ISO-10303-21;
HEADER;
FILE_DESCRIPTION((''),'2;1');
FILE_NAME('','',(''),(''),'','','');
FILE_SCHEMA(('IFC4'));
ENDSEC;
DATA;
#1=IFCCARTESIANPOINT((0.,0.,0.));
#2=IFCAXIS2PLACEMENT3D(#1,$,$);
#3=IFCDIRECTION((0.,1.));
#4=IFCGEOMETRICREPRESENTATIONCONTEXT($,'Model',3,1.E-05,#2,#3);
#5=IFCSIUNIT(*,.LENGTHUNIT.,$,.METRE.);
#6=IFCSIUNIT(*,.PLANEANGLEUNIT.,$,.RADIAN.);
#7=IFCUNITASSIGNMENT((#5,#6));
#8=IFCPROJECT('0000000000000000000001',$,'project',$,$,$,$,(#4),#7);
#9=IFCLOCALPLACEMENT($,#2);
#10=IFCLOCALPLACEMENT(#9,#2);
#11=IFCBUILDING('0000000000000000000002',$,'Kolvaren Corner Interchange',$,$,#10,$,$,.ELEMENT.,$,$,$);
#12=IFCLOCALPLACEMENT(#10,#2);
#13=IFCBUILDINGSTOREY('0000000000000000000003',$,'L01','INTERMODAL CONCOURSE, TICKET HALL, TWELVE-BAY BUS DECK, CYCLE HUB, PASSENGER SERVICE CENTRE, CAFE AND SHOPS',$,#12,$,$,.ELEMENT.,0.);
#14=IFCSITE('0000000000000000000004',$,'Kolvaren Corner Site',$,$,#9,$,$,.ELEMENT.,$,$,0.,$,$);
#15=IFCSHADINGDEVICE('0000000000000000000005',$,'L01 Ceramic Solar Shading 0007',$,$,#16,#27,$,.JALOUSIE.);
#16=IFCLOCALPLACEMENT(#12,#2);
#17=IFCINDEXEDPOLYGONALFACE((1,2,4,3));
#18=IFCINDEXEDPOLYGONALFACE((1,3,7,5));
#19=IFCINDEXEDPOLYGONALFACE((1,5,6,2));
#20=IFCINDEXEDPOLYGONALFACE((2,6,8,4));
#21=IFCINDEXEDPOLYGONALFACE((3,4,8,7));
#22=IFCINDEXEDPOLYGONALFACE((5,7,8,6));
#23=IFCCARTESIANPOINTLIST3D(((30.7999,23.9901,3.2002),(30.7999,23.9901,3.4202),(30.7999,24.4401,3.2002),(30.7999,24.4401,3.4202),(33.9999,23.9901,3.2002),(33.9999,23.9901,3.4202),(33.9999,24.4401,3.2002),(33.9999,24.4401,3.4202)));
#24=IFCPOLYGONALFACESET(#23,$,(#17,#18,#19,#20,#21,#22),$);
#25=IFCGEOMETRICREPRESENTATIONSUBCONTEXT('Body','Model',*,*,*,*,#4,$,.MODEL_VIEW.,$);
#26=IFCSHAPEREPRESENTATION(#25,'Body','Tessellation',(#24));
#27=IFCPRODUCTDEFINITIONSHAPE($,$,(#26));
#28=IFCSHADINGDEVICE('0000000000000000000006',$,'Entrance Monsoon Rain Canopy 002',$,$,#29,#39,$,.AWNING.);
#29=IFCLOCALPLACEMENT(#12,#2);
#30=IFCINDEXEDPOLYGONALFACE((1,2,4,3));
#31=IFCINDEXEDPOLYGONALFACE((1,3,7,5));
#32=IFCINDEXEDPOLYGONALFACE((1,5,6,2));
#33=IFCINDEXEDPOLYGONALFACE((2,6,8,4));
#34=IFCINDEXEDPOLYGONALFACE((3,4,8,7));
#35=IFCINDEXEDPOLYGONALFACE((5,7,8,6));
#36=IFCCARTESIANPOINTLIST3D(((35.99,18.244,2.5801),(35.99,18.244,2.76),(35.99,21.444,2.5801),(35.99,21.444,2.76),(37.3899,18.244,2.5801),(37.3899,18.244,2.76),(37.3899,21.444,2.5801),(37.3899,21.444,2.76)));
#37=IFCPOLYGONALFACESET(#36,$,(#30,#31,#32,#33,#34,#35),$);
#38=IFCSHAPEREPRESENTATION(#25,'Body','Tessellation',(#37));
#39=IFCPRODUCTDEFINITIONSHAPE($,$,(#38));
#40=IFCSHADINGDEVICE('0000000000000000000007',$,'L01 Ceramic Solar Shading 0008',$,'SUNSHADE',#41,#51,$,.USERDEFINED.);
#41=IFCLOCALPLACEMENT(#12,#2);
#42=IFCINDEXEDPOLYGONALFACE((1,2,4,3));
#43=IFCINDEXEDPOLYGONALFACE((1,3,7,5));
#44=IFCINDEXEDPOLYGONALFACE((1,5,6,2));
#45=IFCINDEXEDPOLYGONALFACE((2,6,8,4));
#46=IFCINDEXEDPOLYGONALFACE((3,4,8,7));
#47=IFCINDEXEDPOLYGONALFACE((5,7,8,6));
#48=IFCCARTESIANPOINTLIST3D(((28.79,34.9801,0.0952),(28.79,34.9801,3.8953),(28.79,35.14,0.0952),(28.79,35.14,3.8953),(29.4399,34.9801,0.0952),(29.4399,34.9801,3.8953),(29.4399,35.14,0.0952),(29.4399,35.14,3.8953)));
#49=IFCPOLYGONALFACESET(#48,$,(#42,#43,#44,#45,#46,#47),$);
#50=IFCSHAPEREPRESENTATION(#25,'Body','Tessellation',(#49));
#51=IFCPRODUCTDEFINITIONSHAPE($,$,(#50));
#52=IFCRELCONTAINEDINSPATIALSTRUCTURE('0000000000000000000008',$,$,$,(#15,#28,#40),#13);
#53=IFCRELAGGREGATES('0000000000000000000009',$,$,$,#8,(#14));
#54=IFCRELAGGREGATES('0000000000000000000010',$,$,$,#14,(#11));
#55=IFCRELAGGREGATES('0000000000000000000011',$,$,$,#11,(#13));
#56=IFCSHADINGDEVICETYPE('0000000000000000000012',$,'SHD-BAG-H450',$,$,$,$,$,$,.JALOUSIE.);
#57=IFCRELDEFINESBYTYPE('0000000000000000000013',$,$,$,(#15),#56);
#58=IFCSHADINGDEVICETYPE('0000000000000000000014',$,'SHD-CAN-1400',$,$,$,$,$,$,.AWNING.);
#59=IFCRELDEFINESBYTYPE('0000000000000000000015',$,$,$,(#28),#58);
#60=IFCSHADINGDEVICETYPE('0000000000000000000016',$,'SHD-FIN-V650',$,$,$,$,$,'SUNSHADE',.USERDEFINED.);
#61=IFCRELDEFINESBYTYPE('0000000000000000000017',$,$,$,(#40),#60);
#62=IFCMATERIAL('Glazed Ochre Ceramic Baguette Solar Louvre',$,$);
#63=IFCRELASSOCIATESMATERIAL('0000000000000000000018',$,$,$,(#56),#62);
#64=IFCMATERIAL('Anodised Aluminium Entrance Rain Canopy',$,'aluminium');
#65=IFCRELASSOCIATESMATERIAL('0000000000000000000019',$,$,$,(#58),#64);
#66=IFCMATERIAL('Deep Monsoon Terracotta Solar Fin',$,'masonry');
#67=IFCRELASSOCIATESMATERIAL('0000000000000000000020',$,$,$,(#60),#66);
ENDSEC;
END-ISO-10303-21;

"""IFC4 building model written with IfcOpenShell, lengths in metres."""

from ifc_helpers import new_model, si_unit, direction, frame, origin, origin_2d, place, context, subcontext, project, spatial, rectangle, extrude, material, type_object, element, save


model = new_model("IFC4")

# Units and contexts
model_context = context("Model", 3, precision=1e-05, world=origin(), true_north=direction((0.0, 1.0)))
body_context = subcontext(model_context, "Body", "Model", "MODEL_VIEW")
ifc_project = project(units=[si_unit("LENGTHUNIT", "METRE"), si_unit("PLANEANGLEUNIT", "RADIAN")], contexts=[model_context])

# Site, building, storey
site_placement = place(None, origin())
site = spatial("IfcSite", under=ifc_project, at=site_placement, Name="Kolvaren Corner Site", CompositionType="ELEMENT", RefElevation=0.0)
building_placement = place(site_placement, origin())
building = spatial("IfcBuilding", under=site, at=building_placement, Name="Kolvaren Corner Interchange", CompositionType="ELEMENT")
storey_placement = place(building_placement, origin())
storey = spatial("IfcBuildingStorey", under=building, at=storey_placement, Name="L01", Description="INTERMODAL CONCOURSE, TICKET HALL, TWELVE-BAY BUS DECK, CYCLE HUB, PASSENGER SERVICE CENTRE, CAFE AND SHOPS", CompositionType="ELEMENT", Elevation=0.0)

# Shading devices
ifc_material_1 = material(Name="Glazed Ochre Ceramic Baguette Solar Louvre")
shading_device_type_1 = type_object("IfcShadingDeviceType", Name="SHD-BAG-H450", PredefinedType="JALOUSIE", material=ifc_material_1)
shading_device_1_placement = place(storey_placement, frame((32.3999, 24.2151, 3.2002), z_axis=(0.0, 0.0, 1.0), x_axis=(-1.0, 0.0, 0.0)))
element("IfcShadingDevice", 1, at=shading_device_1_placement, inside=storey, type_object=shading_device_type_1, Name="L01 Ceramic Solar Shading 0007", PredefinedType="JALOUSIE", context=body_context, shape_type="SweptSolid", body=[
    extrude(rectangle(XDim=3.2, YDim=0.45, at=origin_2d()), origin(), (0.0, 0.0, 1.0), 0.22),
])
ifc_material_2 = material(Name="Anodised Aluminium Entrance Rain Canopy", Category="aluminium")
shading_device_type_2 = type_object("IfcShadingDeviceType", Name="SHD-CAN-1400", PredefinedType="AWNING", material=ifc_material_2)
shading_device_2_placement = place(storey_placement, frame((36.6899, 19.844, 2.5801), z_axis=(0.0, 0.0, 1.0), x_axis=(0.0, 1.0, 0.0)))
element("IfcShadingDevice", 2, at=shading_device_2_placement, inside=storey, type_object=shading_device_type_2, Name="Entrance Monsoon Rain Canopy 002", PredefinedType="AWNING", context=body_context, shape_type="SweptSolid", body=[
    extrude(rectangle(XDim=3.2, YDim=1.3999, at=origin_2d()), origin(), (0.0, 0.0, 1.0), 0.1799),
])
ifc_material_3 = material(Name="Deep Monsoon Terracotta Solar Fin", Category="masonry")
shading_device_type_3 = type_object("IfcShadingDeviceType", Name="SHD-FIN-V650", ElementType="SUNSHADE", PredefinedType="USERDEFINED", material=ifc_material_3)
shading_device_3_placement = place(storey_placement, frame((29.115, 35.0601, 0.0952), z_axis=(0.0, 0.0, 1.0), x_axis=(0.0, 1.0, 0.0)))
element("IfcShadingDevice", 3, at=shading_device_3_placement, inside=storey, type_object=shading_device_type_3, Name="L01 Ceramic Solar Shading 0008", ObjectType="SUNSHADE", PredefinedType="USERDEFINED", context=body_context, shape_type="SweptSolid", body=[
    extrude(rectangle(XDim=0.1599, YDim=0.6499, at=origin_2d()), origin(), (0.0, 0.0, 1.0), 3.8),
])

save(model, "model.ifc")
